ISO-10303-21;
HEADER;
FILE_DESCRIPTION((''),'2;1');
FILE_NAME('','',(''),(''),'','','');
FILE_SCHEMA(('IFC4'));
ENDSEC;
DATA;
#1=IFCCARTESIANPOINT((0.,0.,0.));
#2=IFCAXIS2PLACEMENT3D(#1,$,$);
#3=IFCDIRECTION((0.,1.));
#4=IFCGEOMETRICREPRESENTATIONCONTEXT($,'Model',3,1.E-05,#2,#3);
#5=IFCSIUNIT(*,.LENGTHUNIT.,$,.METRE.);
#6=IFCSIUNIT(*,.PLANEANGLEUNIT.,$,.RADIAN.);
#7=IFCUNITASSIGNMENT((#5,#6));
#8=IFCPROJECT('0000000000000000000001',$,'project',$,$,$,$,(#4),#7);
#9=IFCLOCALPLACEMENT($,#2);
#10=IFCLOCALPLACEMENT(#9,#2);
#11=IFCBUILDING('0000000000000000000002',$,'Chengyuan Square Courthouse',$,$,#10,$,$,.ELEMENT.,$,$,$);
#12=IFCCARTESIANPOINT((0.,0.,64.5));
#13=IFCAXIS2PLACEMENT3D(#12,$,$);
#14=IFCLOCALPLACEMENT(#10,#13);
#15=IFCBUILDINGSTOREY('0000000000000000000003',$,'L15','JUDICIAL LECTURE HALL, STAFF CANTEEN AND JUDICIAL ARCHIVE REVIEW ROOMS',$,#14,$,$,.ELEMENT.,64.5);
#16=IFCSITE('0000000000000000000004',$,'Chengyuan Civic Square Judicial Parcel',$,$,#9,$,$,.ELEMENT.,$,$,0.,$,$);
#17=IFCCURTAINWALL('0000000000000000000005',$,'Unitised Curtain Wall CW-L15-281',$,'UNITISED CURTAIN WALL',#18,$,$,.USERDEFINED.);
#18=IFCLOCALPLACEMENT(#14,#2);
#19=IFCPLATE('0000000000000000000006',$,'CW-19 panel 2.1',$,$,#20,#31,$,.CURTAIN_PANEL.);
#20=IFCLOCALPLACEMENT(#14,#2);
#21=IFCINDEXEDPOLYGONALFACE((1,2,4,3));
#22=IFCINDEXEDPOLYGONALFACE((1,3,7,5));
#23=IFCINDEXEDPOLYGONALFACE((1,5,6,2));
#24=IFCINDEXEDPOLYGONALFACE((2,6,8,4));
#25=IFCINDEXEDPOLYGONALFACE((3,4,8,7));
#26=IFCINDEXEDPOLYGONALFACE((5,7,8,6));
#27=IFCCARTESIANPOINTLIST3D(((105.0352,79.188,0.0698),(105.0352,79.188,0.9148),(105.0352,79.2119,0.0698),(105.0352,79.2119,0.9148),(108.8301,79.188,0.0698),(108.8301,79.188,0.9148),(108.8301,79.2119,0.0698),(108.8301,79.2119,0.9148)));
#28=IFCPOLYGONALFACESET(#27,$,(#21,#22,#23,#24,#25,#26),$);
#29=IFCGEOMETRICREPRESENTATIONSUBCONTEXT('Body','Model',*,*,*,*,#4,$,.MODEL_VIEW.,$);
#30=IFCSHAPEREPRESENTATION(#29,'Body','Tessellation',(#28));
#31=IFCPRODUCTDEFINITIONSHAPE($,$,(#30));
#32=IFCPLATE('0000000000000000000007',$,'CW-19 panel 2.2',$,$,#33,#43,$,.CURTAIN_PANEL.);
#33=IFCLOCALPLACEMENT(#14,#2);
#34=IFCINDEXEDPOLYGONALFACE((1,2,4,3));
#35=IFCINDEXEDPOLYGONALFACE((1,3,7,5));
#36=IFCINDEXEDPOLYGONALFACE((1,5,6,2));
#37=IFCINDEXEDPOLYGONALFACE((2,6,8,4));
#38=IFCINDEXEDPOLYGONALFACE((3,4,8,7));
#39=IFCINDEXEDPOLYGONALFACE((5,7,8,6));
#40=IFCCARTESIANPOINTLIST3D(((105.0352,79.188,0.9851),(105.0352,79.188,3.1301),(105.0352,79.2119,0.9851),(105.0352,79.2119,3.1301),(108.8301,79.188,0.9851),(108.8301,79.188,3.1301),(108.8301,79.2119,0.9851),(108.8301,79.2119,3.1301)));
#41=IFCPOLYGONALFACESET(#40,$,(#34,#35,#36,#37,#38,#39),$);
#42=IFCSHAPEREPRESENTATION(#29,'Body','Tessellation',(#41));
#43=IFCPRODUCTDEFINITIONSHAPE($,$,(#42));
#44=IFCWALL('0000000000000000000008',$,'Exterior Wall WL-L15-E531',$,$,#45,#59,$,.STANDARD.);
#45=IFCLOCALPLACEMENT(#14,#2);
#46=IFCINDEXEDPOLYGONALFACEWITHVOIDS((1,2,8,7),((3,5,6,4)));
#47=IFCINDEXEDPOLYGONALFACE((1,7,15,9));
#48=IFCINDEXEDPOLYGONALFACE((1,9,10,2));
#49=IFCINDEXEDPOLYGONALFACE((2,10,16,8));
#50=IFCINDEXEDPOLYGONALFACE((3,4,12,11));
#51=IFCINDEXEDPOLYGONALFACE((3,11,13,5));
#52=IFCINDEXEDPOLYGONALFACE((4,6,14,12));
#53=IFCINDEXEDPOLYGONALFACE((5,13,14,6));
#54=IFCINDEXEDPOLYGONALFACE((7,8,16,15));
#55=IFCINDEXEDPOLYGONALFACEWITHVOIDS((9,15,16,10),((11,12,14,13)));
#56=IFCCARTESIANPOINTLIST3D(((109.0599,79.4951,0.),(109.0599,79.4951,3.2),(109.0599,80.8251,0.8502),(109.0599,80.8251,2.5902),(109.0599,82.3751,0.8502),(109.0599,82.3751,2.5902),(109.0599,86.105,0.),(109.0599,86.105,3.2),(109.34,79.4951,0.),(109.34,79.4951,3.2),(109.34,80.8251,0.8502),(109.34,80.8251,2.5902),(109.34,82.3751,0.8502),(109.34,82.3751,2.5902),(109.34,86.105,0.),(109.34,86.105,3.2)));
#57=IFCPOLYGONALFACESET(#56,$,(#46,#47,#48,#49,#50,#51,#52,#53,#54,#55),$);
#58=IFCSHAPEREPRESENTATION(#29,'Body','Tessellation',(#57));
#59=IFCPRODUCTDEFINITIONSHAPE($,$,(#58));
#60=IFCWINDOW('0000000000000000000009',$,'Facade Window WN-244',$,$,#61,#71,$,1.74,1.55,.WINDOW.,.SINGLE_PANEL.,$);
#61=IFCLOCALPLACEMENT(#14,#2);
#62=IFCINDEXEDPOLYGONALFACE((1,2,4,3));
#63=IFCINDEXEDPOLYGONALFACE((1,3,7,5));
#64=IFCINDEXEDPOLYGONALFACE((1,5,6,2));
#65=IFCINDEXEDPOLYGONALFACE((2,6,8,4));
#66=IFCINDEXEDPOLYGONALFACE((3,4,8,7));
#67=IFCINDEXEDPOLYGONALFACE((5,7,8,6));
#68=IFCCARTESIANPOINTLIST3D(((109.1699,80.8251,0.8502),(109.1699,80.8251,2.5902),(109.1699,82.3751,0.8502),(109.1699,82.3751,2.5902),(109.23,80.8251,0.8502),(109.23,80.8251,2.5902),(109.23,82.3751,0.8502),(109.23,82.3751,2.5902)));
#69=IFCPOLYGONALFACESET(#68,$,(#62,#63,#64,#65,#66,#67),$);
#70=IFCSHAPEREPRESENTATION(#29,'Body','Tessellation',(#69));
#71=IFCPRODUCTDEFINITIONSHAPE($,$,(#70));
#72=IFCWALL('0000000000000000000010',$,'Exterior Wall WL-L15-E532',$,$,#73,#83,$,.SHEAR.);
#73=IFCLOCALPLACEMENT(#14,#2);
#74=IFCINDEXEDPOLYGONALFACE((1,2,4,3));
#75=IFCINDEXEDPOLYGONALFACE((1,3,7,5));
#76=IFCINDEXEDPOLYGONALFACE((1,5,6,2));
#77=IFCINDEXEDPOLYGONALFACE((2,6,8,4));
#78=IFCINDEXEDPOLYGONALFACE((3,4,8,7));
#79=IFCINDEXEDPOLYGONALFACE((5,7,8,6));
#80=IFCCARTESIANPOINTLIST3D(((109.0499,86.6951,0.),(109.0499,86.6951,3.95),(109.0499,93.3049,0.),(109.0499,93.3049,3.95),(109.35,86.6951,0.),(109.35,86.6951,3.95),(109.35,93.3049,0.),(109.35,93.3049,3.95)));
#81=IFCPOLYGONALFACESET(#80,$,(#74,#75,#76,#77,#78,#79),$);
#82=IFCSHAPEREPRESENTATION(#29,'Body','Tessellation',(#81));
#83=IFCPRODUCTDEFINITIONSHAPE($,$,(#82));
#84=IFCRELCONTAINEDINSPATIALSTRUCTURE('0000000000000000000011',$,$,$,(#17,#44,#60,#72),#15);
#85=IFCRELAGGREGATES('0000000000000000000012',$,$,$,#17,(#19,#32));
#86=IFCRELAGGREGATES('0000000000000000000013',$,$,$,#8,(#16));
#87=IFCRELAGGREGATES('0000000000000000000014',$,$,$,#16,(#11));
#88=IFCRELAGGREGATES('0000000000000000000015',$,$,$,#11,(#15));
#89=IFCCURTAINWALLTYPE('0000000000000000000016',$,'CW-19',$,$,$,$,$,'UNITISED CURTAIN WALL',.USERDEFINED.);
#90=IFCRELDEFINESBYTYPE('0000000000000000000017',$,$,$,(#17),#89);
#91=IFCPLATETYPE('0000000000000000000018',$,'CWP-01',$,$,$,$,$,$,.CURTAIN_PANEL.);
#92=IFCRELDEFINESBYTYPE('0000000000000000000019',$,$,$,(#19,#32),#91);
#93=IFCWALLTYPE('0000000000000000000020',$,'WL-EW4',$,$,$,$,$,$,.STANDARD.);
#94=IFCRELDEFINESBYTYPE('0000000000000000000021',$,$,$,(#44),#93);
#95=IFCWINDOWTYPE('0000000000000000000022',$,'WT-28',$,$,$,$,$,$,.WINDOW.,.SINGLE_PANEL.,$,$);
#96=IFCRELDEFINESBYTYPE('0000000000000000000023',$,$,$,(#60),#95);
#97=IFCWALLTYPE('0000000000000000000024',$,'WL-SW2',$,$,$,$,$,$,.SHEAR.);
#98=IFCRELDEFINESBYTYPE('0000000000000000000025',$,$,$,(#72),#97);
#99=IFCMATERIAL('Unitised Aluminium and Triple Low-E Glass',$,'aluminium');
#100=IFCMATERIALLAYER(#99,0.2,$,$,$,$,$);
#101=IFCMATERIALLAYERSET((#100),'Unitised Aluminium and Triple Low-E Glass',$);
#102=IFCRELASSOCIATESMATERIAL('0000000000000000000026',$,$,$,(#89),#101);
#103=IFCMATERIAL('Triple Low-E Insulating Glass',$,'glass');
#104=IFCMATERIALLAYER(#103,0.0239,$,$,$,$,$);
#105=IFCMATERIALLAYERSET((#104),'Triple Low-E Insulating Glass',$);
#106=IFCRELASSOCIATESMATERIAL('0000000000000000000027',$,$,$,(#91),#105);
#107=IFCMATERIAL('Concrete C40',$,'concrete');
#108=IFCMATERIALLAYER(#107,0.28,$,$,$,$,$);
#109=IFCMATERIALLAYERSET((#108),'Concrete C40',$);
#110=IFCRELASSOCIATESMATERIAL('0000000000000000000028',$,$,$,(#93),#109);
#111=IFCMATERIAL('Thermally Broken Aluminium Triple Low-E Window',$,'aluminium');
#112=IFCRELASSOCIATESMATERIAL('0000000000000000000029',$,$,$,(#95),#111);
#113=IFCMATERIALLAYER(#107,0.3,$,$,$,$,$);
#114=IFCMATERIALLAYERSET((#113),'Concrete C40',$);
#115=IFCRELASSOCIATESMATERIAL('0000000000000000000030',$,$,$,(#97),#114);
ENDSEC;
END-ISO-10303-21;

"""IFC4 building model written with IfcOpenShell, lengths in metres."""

from ifc_helpers import new_model, si_unit, direction, frame, frame_2d, origin, origin_2d, place, context, subcontext, project, spatial, rectangle, extrude, material, layer, layer_set, type_object, element, fill, aggregate, save


model = new_model("IFC4")

# Units and contexts
model_context = context("Model", 3, precision=1e-05, world=origin(), true_north=direction((0.0, 1.0)))
body_context = subcontext(model_context, "Body", "Model", "MODEL_VIEW")
ifc_project = project(units=[si_unit("LENGTHUNIT", "METRE"), si_unit("PLANEANGLEUNIT", "RADIAN")], contexts=[model_context])

# Site, building, storey
site_placement = place(None, origin())
site = spatial("IfcSite", under=ifc_project, at=site_placement, Name="Chengyuan Civic Square Judicial Parcel", CompositionType="ELEMENT", RefElevation=0.0)
building_placement = place(site_placement, origin())
building = spatial("IfcBuilding", under=site, at=building_placement, Name="Chengyuan Square Courthouse", CompositionType="ELEMENT")
storey_placement = place(building_placement, frame((0.0, 0.0, 64.5)))
storey = spatial("IfcBuildingStorey", under=building, at=storey_placement, Name="L15", Description="JUDICIAL LECTURE HALL, STAFF CANTEEN AND JUDICIAL ARCHIVE REVIEW ROOMS", CompositionType="ELEMENT", Elevation=64.5)

# Shared definitions
ifc_material_1 = material(Name="Concrete C40", Category="concrete")

# Curtain wall, plates
ifc_material_2 = material(Name="Unitised Aluminium and Triple Low-E Glass", Category="aluminium")
ifc_layer_1 = layer(ifc_material_2, 0.2)
ifc_layer_set_1 = layer_set([ifc_layer_1], Name="Unitised Aluminium and Triple Low-E Glass")
curtain_wall_type = type_object("IfcCurtainWallType", Name="CW-19", ElementType="UNITISED CURTAIN WALL", PredefinedType="USERDEFINED", material=ifc_layer_set_1)
curtain_wall_placement = place(storey_placement, origin())
curtain_wall = element("IfcCurtainWall", 1, at=curtain_wall_placement, inside=storey, type_object=curtain_wall_type, Name="Unitised Curtain Wall CW-L15-281", ObjectType="UNITISED CURTAIN WALL", PredefinedType="USERDEFINED")
ifc_material_3 = material(Name="Triple Low-E Insulating Glass", Category="glass")
ifc_layer_2 = layer(ifc_material_3, 0.0239)
ifc_layer_set_2 = layer_set([ifc_layer_2], Name="Triple Low-E Insulating Glass")
plate_type = type_object("IfcPlateType", Name="CWP-01", PredefinedType="CURTAIN_PANEL", material=ifc_layer_set_2)
plate_1_placement = place(storey_placement, frame((106.9326, 79.2, 0.0698), z_axis=(0.0, 0.0, 1.0), x_axis=(1.0, 0.0, 0.0)))
plate_1 = element("IfcPlate", 2, at=plate_1_placement, type_object=plate_type, Name="CW-19 panel 2.1", PredefinedType="CURTAIN_PANEL", context=body_context, shape_type="SweptSolid", body=[
    extrude(rectangle(XDim=3.7949, YDim=0.0239, at=origin_2d()), origin(), (0.0, 0.0, 1.0), 0.845),
])
plate_2_placement = place(storey_placement, frame((106.9326, 79.2, 0.9851), z_axis=(0.0, 0.0, 1.0), x_axis=(1.0, 0.0, 0.0)))
plate_2 = element("IfcPlate", 3, at=plate_2_placement, type_object=plate_type, Name="CW-19 panel 2.2", PredefinedType="CURTAIN_PANEL", context=body_context, shape_type="SweptSolid", body=[
    extrude(rectangle(XDim=3.7949, YDim=0.0239, at=origin_2d()), origin(), (0.0, 0.0, 1.0), 2.145),
])
aggregate(curtain_wall, [plate_1, plate_2])

# Wall, opening, window
ifc_layer_3 = layer(ifc_material_1, 0.28)
ifc_layer_set_3 = layer_set([ifc_layer_3], Name="Concrete C40")
wall_type_1 = type_object("IfcWallType", Name="WL-EW4", PredefinedType="STANDARD", material=ifc_layer_set_3)
wall_1_placement = place(storey_placement, frame((109.2, 79.4951, 0.0), z_axis=(0.0, 0.0, 1.0), x_axis=(0.0, 1.0, 0.0)))
wall_1 = element("IfcWall", 4, at=wall_1_placement, inside=storey, type_object=wall_type_1, Name="Exterior Wall WL-L15-E531", PredefinedType="STANDARD", context=body_context, shape_type="SweptSolid", body=[
    extrude(rectangle(XDim=6.6099, YDim=0.28, at=frame_2d((3.3049, 0.0))), origin(), (0.0, 0.0, 1.0), 3.2),
])
opening_placement = place(wall_1_placement, frame((1.3301, 0.0, 0.8501)))
opening = element("IfcOpeningElement", 5, at=opening_placement, cuts=wall_1, PredefinedType="OPENING", context=body_context, shape_type="SweptSolid", body=[
    extrude(rectangle(XDim=1.55, YDim=1.74, at=frame_2d((0.7749, 0.8701))), frame((0.0, 0.1521, 0.0), z_axis=(0.0, -1.0, 0.0), x_axis=(1.0, 0.0, 0.0)), (0.0, 0.0, 1.0), 0.304),
])
ifc_material_4 = material(Name="Thermally Broken Aluminium Triple Low-E Window", Category="aluminium")
window_type = type_object("IfcWindowType", Name="WT-28", PartitioningType="SINGLE_PANEL", PredefinedType="WINDOW", material=ifc_material_4)
window_placement = place(opening_placement, origin())
window = element("IfcWindow", 6, at=window_placement, inside=storey, type_object=window_type, Name="Facade Window WN-244", OverallHeight=1.74, OverallWidth=1.55, PartitioningType="SINGLE_PANEL", PredefinedType="WINDOW", context=body_context, shape_type="SweptSolid", body=[
    extrude(rectangle(XDim=1.55, YDim=1.74, at=frame_2d((0.7749, 0.8701))), frame((0.0, 0.03, 0.0), z_axis=(0.0, -1.0, 0.0), x_axis=(1.0, 0.0, 0.0)), (0.0, 0.0, 1.0), 0.0601),
])
fill(opening, window)

# Wall
ifc_layer_4 = layer(ifc_material_1, 0.3)
ifc_layer_set_4 = layer_set([ifc_layer_4], Name="Concrete C40")
wall_type_2 = type_object("IfcWallType", Name="WL-SW2", PredefinedType="SHEAR", material=ifc_layer_set_4)
wall_2_placement = place(storey_placement, frame((109.2, 86.6951, 0.0), z_axis=(0.0, 0.0, 1.0), x_axis=(0.0, 1.0, 0.0)))
element("IfcWall", 7, at=wall_2_placement, inside=storey, type_object=wall_type_2, Name="Exterior Wall WL-L15-E532", PredefinedType="SHEAR", context=body_context, shape_type="SweptSolid", body=[
    extrude(rectangle(XDim=6.6099, YDim=0.3, at=frame_2d((3.3049, 0.0))), origin(), (0.0, 0.0, 1.0), 3.95),
])

save(model, "model.ifc")
